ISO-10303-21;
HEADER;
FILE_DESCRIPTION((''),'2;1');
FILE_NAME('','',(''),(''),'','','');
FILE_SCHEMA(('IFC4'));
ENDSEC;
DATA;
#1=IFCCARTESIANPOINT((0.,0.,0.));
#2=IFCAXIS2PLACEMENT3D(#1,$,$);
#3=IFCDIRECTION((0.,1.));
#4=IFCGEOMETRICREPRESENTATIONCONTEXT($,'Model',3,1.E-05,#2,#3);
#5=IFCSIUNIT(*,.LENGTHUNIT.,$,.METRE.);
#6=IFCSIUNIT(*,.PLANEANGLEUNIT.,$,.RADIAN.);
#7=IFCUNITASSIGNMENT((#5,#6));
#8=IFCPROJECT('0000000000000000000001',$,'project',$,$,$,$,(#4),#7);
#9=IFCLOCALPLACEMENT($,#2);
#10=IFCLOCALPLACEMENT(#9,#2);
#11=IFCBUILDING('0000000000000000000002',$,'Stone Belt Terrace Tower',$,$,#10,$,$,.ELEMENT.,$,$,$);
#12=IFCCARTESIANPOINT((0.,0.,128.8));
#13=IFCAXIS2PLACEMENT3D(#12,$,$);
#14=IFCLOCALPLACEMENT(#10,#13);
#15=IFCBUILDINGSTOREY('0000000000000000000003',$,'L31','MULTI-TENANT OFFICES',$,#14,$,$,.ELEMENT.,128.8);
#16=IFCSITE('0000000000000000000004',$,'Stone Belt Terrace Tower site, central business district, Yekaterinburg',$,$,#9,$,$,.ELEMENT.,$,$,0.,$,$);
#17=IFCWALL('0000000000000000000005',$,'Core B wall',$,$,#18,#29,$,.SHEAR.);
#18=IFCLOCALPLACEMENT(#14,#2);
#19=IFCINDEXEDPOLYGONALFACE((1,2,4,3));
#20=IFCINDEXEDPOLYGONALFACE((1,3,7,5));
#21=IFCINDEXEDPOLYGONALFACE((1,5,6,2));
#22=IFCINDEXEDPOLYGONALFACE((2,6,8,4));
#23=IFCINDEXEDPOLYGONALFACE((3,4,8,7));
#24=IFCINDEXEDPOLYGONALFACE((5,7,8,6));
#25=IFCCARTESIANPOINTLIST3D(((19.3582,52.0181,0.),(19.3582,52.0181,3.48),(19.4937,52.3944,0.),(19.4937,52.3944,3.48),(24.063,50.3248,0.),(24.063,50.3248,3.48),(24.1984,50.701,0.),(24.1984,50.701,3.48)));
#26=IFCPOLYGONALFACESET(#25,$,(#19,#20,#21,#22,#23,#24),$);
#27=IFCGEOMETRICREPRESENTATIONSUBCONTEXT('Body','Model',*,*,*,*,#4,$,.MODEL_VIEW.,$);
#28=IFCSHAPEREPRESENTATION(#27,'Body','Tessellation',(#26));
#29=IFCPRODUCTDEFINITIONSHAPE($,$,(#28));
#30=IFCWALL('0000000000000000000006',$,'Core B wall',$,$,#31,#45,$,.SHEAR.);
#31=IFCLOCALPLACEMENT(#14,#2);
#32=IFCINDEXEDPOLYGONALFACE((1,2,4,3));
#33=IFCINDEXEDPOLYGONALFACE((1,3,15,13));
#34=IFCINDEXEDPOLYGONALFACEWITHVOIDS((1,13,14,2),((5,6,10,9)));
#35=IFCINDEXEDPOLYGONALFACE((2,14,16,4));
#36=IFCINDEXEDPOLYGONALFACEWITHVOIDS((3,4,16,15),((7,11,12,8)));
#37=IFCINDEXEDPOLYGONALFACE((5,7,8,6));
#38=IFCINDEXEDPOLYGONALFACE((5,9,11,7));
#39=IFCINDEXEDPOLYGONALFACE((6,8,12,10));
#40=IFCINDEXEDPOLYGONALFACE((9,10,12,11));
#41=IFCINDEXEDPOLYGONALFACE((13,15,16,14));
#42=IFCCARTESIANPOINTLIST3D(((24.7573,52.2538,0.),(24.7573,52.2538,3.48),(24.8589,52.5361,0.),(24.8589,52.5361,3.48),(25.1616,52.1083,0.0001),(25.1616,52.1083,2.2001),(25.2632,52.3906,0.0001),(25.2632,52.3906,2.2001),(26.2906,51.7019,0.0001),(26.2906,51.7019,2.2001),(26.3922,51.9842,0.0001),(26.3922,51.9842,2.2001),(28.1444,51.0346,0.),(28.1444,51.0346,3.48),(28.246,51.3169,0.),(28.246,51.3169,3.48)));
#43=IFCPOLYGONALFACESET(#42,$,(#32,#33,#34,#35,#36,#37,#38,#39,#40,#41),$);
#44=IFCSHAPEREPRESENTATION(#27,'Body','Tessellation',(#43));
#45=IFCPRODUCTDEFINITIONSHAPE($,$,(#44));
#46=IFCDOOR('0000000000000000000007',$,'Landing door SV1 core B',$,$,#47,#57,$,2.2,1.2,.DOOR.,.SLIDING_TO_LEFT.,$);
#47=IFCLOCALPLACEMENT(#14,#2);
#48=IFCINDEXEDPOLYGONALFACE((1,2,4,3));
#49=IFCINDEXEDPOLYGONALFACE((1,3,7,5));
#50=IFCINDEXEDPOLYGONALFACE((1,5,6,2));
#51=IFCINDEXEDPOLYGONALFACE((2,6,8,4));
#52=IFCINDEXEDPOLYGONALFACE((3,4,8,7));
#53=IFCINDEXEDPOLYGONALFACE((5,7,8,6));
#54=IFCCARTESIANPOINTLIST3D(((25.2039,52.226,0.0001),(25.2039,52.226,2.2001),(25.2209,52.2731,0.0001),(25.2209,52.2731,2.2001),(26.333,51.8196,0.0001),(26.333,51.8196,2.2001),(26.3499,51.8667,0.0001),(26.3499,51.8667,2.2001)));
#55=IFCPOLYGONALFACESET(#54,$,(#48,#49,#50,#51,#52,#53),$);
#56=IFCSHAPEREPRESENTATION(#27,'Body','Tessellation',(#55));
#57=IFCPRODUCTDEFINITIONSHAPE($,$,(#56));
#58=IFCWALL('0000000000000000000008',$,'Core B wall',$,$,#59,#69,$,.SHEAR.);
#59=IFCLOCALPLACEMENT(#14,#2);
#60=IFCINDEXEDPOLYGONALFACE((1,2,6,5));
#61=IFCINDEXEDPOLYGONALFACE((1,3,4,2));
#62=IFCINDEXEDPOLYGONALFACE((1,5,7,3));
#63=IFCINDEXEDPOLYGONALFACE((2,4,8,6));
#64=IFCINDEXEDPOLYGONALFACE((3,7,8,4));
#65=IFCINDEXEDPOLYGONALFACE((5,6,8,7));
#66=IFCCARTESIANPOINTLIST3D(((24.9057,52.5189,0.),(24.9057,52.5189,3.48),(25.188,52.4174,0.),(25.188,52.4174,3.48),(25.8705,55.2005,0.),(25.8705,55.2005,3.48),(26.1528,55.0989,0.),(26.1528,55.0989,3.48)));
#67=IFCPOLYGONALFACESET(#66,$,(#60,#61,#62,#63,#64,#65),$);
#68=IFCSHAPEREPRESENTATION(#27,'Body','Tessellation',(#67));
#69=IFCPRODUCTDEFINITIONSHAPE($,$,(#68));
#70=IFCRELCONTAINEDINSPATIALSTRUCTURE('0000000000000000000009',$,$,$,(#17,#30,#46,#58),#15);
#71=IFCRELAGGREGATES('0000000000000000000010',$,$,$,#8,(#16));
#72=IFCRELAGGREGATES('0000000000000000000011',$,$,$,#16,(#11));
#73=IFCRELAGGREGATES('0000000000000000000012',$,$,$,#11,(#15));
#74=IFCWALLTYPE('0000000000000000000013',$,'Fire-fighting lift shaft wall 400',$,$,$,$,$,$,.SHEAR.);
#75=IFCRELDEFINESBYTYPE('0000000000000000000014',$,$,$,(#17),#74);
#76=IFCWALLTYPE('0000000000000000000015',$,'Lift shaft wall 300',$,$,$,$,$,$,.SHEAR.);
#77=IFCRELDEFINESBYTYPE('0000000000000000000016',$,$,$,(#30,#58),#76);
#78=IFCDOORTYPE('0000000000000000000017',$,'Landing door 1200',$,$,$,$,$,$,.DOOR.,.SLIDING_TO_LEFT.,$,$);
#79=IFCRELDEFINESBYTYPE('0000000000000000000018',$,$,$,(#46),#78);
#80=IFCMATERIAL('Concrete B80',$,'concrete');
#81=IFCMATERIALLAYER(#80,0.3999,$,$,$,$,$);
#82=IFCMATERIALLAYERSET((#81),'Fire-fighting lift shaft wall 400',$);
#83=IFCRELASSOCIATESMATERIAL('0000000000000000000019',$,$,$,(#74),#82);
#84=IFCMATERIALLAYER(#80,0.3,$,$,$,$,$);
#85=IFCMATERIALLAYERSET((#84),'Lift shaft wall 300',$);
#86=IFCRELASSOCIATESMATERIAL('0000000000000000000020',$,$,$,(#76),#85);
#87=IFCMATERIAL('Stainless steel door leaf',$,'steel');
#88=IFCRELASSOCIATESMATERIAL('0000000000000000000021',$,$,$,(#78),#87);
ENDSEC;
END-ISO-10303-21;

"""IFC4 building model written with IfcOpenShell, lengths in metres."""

from ifc_helpers import new_model, si_unit, direction, frame, frame_2d, origin, place, context, subcontext, project, spatial, rectangle, extrude, material, layer, layer_set, type_object, element, fill, save


model = new_model("IFC4")

# Units and contexts
model_context = context("Model", 3, precision=1e-05, world=origin(), true_north=direction((0.0, 1.0)))
body_context = subcontext(model_context, "Body", "Model", "MODEL_VIEW")
ifc_project = project(units=[si_unit("LENGTHUNIT", "METRE"), si_unit("PLANEANGLEUNIT", "RADIAN")], contexts=[model_context])

# Site, building, storey
site_placement = place(None, origin())
site = spatial("IfcSite", under=ifc_project, at=site_placement, Name="Stone Belt Terrace Tower site, central business district, Yekaterinburg", CompositionType="ELEMENT", RefElevation=0.0)
building_placement = place(site_placement, origin())
building = spatial("IfcBuilding", under=site, at=building_placement, Name="Stone Belt Terrace Tower", CompositionType="ELEMENT")
storey_placement = place(building_placement, frame((0.0, 0.0, 128.8)))
storey = spatial("IfcBuildingStorey", under=building, at=storey_placement, Name="L31", Description="MULTI-TENANT OFFICES", CompositionType="ELEMENT", Elevation=128.8)

# Shared definitions
ifc_material_1 = material(Name="Concrete B80", Category="concrete")

# Wall
ifc_layer_1 = layer(ifc_material_1, 0.3999)
ifc_layer_set_1 = layer_set([ifc_layer_1], Name="Fire-fighting lift shaft wall 400")
wall_type_1 = type_object("IfcWallType", Name="Fire-fighting lift shaft wall 400", PredefinedType="SHEAR", material=ifc_layer_set_1)
wall_1_placement = place(storey_placement, frame((24.1306, 50.5129, 0.0), z_axis=(0.0, 0.0, 1.0), x_axis=(-0.940912, 0.338652, 0.0)))
element("IfcWall", 1, at=wall_1_placement, inside=storey, type_object=wall_type_1, Name="Core B wall", PredefinedType="SHEAR", context=body_context, shape_type="SweptSolid", body=[
    extrude(rectangle(XDim=5.0002, YDim=0.3999, at=frame_2d((2.5, 0.0))), origin(), (0.0, 0.0, 1.0), 3.48),
])

# Wall, opening, door
ifc_layer_2 = layer(ifc_material_1, 0.3)
ifc_layer_set_2 = layer_set([ifc_layer_2], Name="Lift shaft wall 300")
wall_type_2 = type_object("IfcWallType", Name="Lift shaft wall 300", PredefinedType="SHEAR", material=ifc_layer_set_2)
wall_2_placement = place(storey_placement, frame((28.1951, 51.1758, 0.0), z_axis=(0.0, 0.0, 1.0), x_axis=(-0.940901, 0.338681, 0.0)))
wall_2 = element("IfcWall", 2, at=wall_2_placement, inside=storey, type_object=wall_type_2, Name="Core B wall", PredefinedType="SHEAR", context=body_context, shape_type="SweptSolid", body=[
    extrude(rectangle(XDim=3.5999, YDim=0.3, at=frame_2d((1.7998, 0.0))), origin(), (0.0, 0.0, 1.0), 3.48),
])
opening_1_placement = place(wall_2_placement, frame((1.97, 0.0, 0.0)))
opening_1 = element("IfcOpeningElement", 3, at=opening_1_placement, cuts=wall_2, PredefinedType="OPENING", context=body_context, shape_type="SweptSolid", body=[
    extrude(rectangle(XDim=1.2, YDim=2.2, at=frame_2d((0.6001, 1.1001))), frame((0.0, 0.1599, 0.0), z_axis=(0.0, -1.0, 0.0), x_axis=(1.0, 0.0, 0.0)), (0.0, 0.0, 1.0), 0.3201),
])
ifc_material_2 = material(Name="Stainless steel door leaf", Category="steel")
door_type_1 = type_object("IfcDoorType", Name="Landing door 1200", OperationType="SLIDING_TO_LEFT", PredefinedType="DOOR", material=ifc_material_2)
door_1_placement = place(opening_1_placement, origin())
door_1 = element("IfcDoor", 4, at=door_1_placement, inside=storey, type_object=door_type_1, Name="Landing door SV1 core B", OperationType="SLIDING_TO_LEFT", OverallHeight=2.2, OverallWidth=1.2, PredefinedType="DOOR", context=body_context, shape_type="SweptSolid", body=[
    extrude(rectangle(XDim=1.2, YDim=2.2, at=frame_2d((0.6001, 1.1001))), frame((0.0, 0.0249, 0.0), z_axis=(0.0, -1.0, 0.0), x_axis=(1.0, 0.0, 0.0)), (0.0, 0.0, 1.0), 0.05),
])
fill(opening_1, door_1)

# Wall
wall_3_placement = place(storey_placement, frame((25.0469, 52.4683, 0.0), z_axis=(0.0, 0.0, 1.0), x_axis=(0.33855, 0.940949, 0.0)))
element("IfcWall", 5, at=wall_3_placement, inside=storey, type_object=wall_type_2, Name="Core B wall", PredefinedType="SHEAR", context=body_context, shape_type="SweptSolid", body=[
    extrude(rectangle(XDim=2.8499, YDim=0.3, at=frame_2d((1.4248, 0.0))), origin(), (0.0, 0.0, 1.0), 3.48),
])

save(model, "model.ifc")
